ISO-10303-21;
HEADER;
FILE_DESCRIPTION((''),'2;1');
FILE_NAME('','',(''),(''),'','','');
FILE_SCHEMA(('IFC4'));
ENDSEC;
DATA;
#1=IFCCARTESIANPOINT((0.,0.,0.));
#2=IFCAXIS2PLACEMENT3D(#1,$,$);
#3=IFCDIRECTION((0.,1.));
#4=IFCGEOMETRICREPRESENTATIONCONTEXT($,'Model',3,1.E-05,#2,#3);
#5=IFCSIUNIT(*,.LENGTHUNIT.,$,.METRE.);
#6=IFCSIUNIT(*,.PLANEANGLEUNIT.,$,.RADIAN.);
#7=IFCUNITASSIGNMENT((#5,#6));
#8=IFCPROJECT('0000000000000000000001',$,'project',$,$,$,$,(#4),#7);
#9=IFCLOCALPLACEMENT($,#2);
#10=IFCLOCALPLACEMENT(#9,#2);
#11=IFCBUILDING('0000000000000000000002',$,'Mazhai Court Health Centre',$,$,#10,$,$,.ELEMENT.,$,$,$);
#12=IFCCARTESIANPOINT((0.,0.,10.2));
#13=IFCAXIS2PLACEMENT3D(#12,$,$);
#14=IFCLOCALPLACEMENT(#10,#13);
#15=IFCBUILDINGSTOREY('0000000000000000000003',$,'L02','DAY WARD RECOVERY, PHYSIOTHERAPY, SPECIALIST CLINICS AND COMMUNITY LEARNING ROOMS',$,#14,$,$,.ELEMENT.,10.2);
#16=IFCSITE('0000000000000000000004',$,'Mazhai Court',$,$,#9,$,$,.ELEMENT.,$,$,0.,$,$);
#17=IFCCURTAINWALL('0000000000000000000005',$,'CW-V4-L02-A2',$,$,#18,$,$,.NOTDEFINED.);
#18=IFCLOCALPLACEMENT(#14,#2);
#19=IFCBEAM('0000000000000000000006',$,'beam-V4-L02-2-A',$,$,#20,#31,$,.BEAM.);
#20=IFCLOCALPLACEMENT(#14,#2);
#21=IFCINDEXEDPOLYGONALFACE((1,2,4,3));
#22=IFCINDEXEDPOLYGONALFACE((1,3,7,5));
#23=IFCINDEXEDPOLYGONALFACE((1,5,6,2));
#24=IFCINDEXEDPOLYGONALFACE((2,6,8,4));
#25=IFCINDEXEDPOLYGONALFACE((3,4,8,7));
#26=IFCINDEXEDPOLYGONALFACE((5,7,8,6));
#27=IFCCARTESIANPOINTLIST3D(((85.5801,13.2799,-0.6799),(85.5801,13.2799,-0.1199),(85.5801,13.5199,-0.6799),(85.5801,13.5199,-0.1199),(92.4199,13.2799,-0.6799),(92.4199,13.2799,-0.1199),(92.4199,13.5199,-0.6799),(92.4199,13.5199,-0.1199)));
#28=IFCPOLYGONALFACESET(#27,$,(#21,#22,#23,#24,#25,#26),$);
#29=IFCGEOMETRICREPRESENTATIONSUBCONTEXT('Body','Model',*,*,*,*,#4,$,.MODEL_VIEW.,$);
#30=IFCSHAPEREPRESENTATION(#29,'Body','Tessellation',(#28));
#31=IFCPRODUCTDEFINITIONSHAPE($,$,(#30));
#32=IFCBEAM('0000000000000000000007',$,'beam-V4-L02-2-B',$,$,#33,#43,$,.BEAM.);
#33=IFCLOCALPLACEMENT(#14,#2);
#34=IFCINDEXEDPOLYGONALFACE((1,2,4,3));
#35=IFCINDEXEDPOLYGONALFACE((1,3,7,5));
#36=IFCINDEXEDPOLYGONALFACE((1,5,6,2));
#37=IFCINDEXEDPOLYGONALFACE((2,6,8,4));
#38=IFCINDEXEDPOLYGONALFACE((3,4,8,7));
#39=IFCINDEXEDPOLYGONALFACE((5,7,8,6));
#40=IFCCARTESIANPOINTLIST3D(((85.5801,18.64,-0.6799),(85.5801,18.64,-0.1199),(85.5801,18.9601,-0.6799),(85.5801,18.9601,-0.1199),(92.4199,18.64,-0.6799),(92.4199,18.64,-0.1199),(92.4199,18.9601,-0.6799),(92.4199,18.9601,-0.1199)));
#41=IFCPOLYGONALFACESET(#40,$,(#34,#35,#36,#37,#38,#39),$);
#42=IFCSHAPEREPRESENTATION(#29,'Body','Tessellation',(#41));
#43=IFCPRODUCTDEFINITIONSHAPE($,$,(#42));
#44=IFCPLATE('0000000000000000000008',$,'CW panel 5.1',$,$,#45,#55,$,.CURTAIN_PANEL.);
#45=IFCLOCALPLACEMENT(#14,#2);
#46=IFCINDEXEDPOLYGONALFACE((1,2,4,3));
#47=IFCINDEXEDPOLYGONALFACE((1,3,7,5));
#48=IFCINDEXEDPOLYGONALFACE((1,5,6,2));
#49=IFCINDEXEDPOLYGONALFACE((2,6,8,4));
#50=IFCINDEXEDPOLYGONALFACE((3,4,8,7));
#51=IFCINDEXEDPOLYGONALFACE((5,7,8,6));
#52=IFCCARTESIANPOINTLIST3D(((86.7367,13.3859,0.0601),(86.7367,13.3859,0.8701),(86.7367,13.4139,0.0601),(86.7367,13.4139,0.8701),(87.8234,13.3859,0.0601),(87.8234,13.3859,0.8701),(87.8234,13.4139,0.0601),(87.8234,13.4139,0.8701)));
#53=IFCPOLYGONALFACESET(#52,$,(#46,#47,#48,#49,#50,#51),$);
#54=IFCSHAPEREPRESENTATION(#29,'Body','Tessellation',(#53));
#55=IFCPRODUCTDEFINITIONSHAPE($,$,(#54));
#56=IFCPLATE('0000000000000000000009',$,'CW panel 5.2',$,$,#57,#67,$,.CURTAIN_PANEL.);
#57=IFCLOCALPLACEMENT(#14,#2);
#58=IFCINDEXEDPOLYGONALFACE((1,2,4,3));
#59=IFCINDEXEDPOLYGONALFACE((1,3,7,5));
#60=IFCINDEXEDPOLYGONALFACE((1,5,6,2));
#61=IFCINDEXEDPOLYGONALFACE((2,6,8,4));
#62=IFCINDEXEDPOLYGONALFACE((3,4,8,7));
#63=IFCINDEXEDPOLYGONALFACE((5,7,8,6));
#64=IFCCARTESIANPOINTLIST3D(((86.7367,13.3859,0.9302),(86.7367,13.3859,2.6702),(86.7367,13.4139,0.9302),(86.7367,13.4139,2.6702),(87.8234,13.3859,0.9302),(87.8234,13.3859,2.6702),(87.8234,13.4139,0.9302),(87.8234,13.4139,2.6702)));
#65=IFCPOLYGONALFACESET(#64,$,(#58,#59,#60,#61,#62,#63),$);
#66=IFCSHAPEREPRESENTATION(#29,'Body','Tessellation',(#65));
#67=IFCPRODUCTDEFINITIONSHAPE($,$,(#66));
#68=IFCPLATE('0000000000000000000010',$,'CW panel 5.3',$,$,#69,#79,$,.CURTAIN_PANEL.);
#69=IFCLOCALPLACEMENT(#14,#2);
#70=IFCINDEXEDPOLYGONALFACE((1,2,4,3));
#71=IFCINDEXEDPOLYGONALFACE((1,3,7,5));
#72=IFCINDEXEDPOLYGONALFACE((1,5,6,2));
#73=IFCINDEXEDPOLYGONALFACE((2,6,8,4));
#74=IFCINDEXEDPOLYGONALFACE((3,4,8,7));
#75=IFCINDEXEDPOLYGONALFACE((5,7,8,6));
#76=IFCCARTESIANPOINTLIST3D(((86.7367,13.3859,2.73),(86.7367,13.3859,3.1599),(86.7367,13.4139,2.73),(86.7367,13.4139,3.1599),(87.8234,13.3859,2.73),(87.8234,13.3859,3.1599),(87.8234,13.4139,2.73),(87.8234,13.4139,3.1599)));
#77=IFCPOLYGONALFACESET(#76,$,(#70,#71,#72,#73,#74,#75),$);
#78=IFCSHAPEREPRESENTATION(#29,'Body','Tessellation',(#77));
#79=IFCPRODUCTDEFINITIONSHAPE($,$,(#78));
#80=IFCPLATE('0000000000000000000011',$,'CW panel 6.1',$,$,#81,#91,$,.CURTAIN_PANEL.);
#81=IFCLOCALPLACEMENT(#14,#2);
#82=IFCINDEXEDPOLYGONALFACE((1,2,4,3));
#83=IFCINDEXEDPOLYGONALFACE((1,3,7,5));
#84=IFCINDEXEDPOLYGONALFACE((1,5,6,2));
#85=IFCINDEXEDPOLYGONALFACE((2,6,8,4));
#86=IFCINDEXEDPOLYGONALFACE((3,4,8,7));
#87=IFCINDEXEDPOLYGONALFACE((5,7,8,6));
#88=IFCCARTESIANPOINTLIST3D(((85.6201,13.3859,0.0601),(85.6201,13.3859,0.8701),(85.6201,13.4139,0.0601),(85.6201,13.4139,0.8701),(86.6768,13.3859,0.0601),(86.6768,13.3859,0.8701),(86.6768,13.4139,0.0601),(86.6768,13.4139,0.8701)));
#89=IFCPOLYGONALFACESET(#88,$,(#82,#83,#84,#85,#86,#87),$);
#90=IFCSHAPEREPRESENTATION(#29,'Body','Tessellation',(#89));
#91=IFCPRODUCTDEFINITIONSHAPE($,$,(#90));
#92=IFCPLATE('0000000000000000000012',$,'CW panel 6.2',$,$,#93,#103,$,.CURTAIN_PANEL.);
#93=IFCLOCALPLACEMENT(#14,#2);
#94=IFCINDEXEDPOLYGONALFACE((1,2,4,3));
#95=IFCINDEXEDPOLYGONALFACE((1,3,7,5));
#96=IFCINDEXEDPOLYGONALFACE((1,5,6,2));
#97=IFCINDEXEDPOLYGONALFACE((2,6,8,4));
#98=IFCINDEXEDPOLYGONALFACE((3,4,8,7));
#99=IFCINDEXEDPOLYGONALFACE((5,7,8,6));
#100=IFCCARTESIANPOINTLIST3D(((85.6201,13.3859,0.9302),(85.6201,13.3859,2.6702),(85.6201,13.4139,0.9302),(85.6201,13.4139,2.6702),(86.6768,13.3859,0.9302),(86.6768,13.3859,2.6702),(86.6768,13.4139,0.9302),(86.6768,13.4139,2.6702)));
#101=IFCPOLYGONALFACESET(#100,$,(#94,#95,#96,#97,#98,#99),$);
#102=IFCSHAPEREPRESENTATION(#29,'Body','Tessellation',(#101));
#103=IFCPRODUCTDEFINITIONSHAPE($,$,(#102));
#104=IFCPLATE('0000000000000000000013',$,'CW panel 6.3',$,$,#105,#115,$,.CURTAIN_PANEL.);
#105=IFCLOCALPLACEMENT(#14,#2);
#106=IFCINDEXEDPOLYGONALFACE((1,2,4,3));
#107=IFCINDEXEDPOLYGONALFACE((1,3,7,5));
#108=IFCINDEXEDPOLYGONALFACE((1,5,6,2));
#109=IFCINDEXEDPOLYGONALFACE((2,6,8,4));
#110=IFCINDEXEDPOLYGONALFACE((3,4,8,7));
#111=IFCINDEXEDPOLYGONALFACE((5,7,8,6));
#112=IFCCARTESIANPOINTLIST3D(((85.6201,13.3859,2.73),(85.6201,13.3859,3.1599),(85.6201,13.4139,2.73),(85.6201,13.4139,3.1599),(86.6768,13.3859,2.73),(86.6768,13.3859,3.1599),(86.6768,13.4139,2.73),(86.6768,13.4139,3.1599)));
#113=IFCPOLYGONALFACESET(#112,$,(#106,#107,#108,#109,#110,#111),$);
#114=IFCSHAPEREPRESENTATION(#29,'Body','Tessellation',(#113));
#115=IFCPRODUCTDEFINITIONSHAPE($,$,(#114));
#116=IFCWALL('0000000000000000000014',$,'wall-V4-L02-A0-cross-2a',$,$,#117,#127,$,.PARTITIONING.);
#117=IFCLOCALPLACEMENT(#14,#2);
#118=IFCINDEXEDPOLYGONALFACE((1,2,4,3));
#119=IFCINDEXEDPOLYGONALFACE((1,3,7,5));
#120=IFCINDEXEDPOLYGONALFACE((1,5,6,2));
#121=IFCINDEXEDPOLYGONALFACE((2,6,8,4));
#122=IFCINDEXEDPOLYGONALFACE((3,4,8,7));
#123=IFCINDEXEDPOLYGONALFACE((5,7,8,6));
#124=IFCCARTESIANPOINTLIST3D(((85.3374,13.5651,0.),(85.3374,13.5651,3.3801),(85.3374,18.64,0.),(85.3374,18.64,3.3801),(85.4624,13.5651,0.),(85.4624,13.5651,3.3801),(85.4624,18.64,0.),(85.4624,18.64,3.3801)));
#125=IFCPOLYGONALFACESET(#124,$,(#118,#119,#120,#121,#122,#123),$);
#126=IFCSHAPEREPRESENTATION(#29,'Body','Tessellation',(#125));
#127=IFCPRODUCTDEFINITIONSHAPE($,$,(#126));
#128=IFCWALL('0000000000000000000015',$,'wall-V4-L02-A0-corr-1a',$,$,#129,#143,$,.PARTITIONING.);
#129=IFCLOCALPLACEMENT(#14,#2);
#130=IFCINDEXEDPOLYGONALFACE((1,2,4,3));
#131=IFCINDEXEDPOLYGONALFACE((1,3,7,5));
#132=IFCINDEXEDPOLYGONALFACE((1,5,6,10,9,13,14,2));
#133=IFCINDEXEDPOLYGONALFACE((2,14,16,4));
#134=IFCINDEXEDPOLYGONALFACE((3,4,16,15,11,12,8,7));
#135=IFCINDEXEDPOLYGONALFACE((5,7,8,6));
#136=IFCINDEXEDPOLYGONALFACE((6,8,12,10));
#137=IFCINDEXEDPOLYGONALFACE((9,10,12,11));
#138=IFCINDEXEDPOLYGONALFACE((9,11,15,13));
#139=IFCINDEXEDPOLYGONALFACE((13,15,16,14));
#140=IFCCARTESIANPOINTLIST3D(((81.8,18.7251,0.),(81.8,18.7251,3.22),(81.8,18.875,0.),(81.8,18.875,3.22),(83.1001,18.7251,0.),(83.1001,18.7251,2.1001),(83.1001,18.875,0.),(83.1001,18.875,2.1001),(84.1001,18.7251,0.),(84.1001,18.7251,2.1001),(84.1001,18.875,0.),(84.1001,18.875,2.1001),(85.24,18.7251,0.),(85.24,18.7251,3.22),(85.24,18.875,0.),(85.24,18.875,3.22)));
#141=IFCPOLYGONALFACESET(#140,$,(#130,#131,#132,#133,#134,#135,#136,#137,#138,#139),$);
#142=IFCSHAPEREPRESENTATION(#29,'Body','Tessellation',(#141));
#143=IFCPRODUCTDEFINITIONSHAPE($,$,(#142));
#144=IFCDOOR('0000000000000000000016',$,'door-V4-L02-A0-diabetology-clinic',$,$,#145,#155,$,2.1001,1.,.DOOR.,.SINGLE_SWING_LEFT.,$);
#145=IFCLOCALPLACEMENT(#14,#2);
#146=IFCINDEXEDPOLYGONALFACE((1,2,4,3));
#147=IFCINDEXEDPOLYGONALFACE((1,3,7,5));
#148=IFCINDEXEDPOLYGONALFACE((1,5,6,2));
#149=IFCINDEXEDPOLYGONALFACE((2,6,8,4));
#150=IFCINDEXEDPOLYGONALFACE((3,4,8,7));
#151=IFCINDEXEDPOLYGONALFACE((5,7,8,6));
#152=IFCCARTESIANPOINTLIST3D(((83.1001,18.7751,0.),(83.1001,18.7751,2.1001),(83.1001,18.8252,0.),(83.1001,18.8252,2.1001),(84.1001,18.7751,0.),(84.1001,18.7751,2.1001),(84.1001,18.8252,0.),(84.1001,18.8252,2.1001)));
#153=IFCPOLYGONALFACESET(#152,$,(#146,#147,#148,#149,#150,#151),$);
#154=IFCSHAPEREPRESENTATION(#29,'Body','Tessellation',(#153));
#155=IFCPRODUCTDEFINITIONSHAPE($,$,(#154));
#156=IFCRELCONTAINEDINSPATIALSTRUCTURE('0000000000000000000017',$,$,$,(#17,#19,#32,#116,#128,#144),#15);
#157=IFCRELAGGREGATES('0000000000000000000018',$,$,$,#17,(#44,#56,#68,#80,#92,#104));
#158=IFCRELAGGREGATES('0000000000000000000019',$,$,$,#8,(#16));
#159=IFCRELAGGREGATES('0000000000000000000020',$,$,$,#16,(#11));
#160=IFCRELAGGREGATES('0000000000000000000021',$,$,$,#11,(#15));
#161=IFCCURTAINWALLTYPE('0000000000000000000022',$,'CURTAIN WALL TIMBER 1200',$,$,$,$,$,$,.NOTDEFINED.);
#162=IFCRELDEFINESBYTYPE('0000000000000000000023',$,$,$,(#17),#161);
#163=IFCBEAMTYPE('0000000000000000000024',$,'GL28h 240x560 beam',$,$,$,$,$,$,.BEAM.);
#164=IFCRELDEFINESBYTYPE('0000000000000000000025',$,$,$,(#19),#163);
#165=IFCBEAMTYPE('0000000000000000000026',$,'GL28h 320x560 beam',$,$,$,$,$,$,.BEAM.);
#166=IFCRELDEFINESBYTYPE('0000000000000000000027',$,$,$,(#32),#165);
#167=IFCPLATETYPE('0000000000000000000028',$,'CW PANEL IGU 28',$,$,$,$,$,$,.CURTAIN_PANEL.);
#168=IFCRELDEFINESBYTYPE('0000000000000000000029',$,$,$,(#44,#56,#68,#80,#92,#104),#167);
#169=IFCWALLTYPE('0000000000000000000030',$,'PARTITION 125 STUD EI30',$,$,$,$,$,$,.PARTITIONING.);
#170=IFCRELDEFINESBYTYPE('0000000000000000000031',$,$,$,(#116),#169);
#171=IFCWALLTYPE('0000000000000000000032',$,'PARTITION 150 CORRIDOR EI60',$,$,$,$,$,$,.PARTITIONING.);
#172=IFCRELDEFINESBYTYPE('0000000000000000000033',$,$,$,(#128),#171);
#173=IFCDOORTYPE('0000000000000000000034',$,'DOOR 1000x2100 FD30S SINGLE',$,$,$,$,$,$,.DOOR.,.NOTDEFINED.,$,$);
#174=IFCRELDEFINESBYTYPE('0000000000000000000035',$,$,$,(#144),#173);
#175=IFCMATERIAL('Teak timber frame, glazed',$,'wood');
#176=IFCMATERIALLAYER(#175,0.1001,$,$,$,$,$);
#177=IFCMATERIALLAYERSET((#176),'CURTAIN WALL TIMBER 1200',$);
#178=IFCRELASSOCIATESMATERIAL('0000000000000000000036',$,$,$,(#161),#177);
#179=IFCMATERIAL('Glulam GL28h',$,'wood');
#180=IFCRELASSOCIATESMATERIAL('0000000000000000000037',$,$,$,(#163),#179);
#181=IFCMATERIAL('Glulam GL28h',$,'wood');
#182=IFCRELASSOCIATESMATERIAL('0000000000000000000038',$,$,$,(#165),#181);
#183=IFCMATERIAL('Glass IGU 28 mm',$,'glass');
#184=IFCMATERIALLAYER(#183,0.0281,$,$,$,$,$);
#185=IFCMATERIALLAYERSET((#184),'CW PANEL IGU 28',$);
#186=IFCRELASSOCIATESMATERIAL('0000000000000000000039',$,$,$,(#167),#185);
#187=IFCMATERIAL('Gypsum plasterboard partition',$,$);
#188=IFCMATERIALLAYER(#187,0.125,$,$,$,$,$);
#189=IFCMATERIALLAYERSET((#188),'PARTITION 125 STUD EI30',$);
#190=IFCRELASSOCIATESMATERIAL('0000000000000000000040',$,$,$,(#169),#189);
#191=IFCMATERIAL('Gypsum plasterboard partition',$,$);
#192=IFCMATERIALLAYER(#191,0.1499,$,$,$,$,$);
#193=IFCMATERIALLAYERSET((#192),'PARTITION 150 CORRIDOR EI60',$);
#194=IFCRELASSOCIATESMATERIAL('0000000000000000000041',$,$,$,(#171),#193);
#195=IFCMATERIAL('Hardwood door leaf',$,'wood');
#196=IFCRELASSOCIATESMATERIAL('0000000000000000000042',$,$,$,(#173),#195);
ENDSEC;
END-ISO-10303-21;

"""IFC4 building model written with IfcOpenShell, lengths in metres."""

from ifc_helpers import new_model, si_unit, direction, frame, frame_2d, origin, origin_2d, place, context, subcontext, project, spatial, rectangle, extrude, material, layer, layer_set, material_profile, profile_set, type_object, element, fill, aggregate, save


model = new_model("IFC4")

# Units and contexts
model_context = context("Model", 3, precision=1e-05, world=origin(), true_north=direction((0.0, 1.0)))
body_context = subcontext(model_context, "Body", "Model", "MODEL_VIEW")
ifc_project = project(units=[si_unit("LENGTHUNIT", "METRE"), si_unit("PLANEANGLEUNIT", "RADIAN")], contexts=[model_context])

# Site, building, storey
site_placement = place(None, origin())
site = spatial("IfcSite", under=ifc_project, at=site_placement, Name="Mazhai Court", CompositionType="ELEMENT", RefElevation=0.0)
building_placement = place(site_placement, origin())
building = spatial("IfcBuilding", under=site, at=building_placement, Name="Mazhai Court Health Centre", CompositionType="ELEMENT")
storey_placement = place(building_placement, frame((0.0, 0.0, 10.2)))
storey = spatial("IfcBuildingStorey", under=building, at=storey_placement, Name="L02", Description="DAY WARD RECOVERY, PHYSIOTHERAPY, SPECIALIST CLINICS AND COMMUNITY LEARNING ROOMS", CompositionType="ELEMENT", Elevation=10.2)

# Shared definitions
ifc_material_1 = material(Name="Teak timber frame, glazed", Category="wood")
ifc_layer_1 = layer(ifc_material_1, 0.1001)
ifc_layer_set_1 = layer_set([ifc_layer_1], Name="CURTAIN WALL TIMBER 1200")
curtain_wall_type = type_object("IfcCurtainWallType", Name="CURTAIN WALL TIMBER 1200", PredefinedType="NOTDEFINED", material=ifc_layer_set_1)

# Curtain wall
curtain_wall_1_placement = place(storey_placement, origin())
curtain_wall_1 = element("IfcCurtainWall", 1, at=curtain_wall_1_placement, inside=storey, type_object=curtain_wall_type, Name="CW-V4-L02-A2", PredefinedType="NOTDEFINED")

# Beams
ifc_material_2 = material(Name="Glulam GL28h", Category="wood")
ifc_material_profile_1 = material_profile(ifc_material_2, rectangle(XDim=0.24, YDim=0.5601, at=origin_2d()), Name="GL28h 240x560")
ifc_profile_set_1 = profile_set([ifc_material_profile_1], Name="Glulam GL28h")
beam_type_1 = type_object("IfcBeamType", Name="GL28h 240x560 beam", PredefinedType="BEAM", material=ifc_profile_set_1)
beam_1_placement = place(storey_placement, frame((85.5801, 13.3999, -0.3999), z_axis=(1.0, 0.0, 0.0), x_axis=(0.0, 1.0, 0.0)))
element("IfcBeam", 2, at=beam_1_placement, inside=storey, type_object=beam_type_1, Name="beam-V4-L02-2-A", PredefinedType="BEAM", context=body_context, shape_type="SweptSolid", body=[
    extrude(rectangle(XDim=0.24, YDim=0.5601, at=origin_2d()), origin(), (0.0, 0.0, 1.0), 6.8398),
])
ifc_material_3 = material(Name="Glulam GL28h", Category="wood")
ifc_material_profile_2 = material_profile(ifc_material_3, rectangle(XDim=0.3201, YDim=0.5601, at=origin_2d()), Name="GL28h 320x560")
ifc_profile_set_2 = profile_set([ifc_material_profile_2], Name="Glulam GL28h")
beam_type_2 = type_object("IfcBeamType", Name="GL28h 320x560 beam", PredefinedType="BEAM", material=ifc_profile_set_2)
beam_2_placement = place(storey_placement, frame((85.5801, 18.8, -0.3999), z_axis=(1.0, 0.0, 0.0), x_axis=(0.0, 1.0, 0.0)))
element("IfcBeam", 3, at=beam_2_placement, inside=storey, type_object=beam_type_2, Name="beam-V4-L02-2-B", PredefinedType="BEAM", context=body_context, shape_type="SweptSolid", body=[
    extrude(rectangle(XDim=0.3201, YDim=0.5601, at=origin_2d()), origin(), (0.0, 0.0, 1.0), 6.8398),
])

# Plates
ifc_material_4 = material(Name="Glass IGU 28 mm", Category="glass")
ifc_layer_2 = layer(ifc_material_4, 0.0281)
ifc_layer_set_2 = layer_set([ifc_layer_2], Name="CW PANEL IGU 28")
plate_type = type_object("IfcPlateType", Name="CW PANEL IGU 28", PredefinedType="CURTAIN_PANEL", material=ifc_layer_set_2)
plate_1_placement = place(storey_placement, frame((87.28, 13.3999, 0.0601), z_axis=(0.0, 0.0, 1.0), x_axis=(-1.0, 0.0, 0.0)))
plate_1 = element("IfcPlate", 4, at=plate_1_placement, type_object=plate_type, Name="CW panel 5.1", PredefinedType="CURTAIN_PANEL", context=body_context, shape_type="SweptSolid", body=[
    extrude(rectangle(XDim=1.0867, YDim=0.0281, at=origin_2d()), origin(), (0.0, 0.0, 1.0), 0.8101),
])
plate_2_placement = place(storey_placement, frame((87.28, 13.3999, 0.9302), z_axis=(0.0, 0.0, 1.0), x_axis=(-1.0, 0.0, 0.0)))
plate_2 = element("IfcPlate", 5, at=plate_2_placement, type_object=plate_type, Name="CW panel 5.2", PredefinedType="CURTAIN_PANEL", context=body_context, shape_type="SweptSolid", body=[
    extrude(rectangle(XDim=1.0867, YDim=0.0281, at=origin_2d()), origin(), (0.0, 0.0, 1.0), 1.74),
])
plate_3_placement = place(storey_placement, frame((87.28, 13.3999, 2.73), z_axis=(0.0, 0.0, 1.0), x_axis=(-1.0, 0.0, 0.0)))
plate_3 = element("IfcPlate", 6, at=plate_3_placement, type_object=plate_type, Name="CW panel 5.3", PredefinedType="CURTAIN_PANEL", context=body_context, shape_type="SweptSolid", body=[
    extrude(rectangle(XDim=1.0867, YDim=0.0281, at=origin_2d()), origin(), (0.0, 0.0, 1.0), 0.4299),
])
plate_4_placement = place(storey_placement, frame((86.1484, 13.3999, 0.0601), z_axis=(0.0, 0.0, 1.0), x_axis=(-1.0, 0.0, 0.0)))
plate_4 = element("IfcPlate", 7, at=plate_4_placement, type_object=plate_type, Name="CW panel 6.1", PredefinedType="CURTAIN_PANEL", context=body_context, shape_type="SweptSolid", body=[
    extrude(rectangle(XDim=1.0566, YDim=0.0281, at=origin_2d()), origin(), (0.0, 0.0, 1.0), 0.8101),
])
plate_5_placement = place(storey_placement, frame((86.1484, 13.3999, 0.9302), z_axis=(0.0, 0.0, 1.0), x_axis=(-1.0, 0.0, 0.0)))
plate_5 = element("IfcPlate", 8, at=plate_5_placement, type_object=plate_type, Name="CW panel 6.2", PredefinedType="CURTAIN_PANEL", context=body_context, shape_type="SweptSolid", body=[
    extrude(rectangle(XDim=1.0566, YDim=0.0281, at=origin_2d()), origin(), (0.0, 0.0, 1.0), 1.74),
])
plate_6_placement = place(storey_placement, frame((86.1484, 13.3999, 2.73), z_axis=(0.0, 0.0, 1.0), x_axis=(-1.0, 0.0, 0.0)))
plate_6 = element("IfcPlate", 9, at=plate_6_placement, type_object=plate_type, Name="CW panel 6.3", PredefinedType="CURTAIN_PANEL", context=body_context, shape_type="SweptSolid", body=[
    extrude(rectangle(XDim=1.0566, YDim=0.0281, at=origin_2d()), origin(), (0.0, 0.0, 1.0), 0.4299),
])
aggregate(curtain_wall_1, [plate_1, plate_2, plate_3, plate_4, plate_5, plate_6])

# Wall
ifc_material_5 = material(Name="Gypsum plasterboard partition")
ifc_layer_3 = layer(ifc_material_5, 0.125)
ifc_layer_set_3 = layer_set([ifc_layer_3], Name="PARTITION 125 STUD EI30")
wall_type_1 = type_object("IfcWallType", Name="PARTITION 125 STUD EI30", PredefinedType="PARTITIONING", material=ifc_layer_set_3)
wall_1_placement = place(storey_placement, frame((85.3999, 13.5649, 0.0), z_axis=(0.0, 0.0, 1.0), x_axis=(0.0, 1.0, 0.0)))
element("IfcWall", 10, at=wall_1_placement, inside=storey, type_object=wall_type_1, Name="wall-V4-L02-A0-cross-2a", PredefinedType="PARTITIONING", context=body_context, shape_type="SweptSolid", body=[
    extrude(rectangle(XDim=5.075, YDim=0.125, at=frame_2d((2.5376, 0.0))), origin(), (0.0, 0.0, 1.0), 3.3801),
])

# Wall, opening, door
ifc_material_6 = material(Name="Gypsum plasterboard partition")
ifc_layer_4 = layer(ifc_material_6, 0.1499)
ifc_layer_set_4 = layer_set([ifc_layer_4], Name="PARTITION 150 CORRIDOR EI60")
wall_type_2 = type_object("IfcWallType", Name="PARTITION 150 CORRIDOR EI60", PredefinedType="PARTITIONING", material=ifc_layer_set_4)
wall_2_placement = place(storey_placement, frame((85.24, 18.8, 0.0), z_axis=(0.0, 0.0, 1.0), x_axis=(-1.0, 0.0, 0.0)))
wall_2 = element("IfcWall", 11, at=wall_2_placement, inside=storey, type_object=wall_type_2, Name="wall-V4-L02-A0-corr-1a", PredefinedType="PARTITIONING", context=body_context, shape_type="SweptSolid", body=[
    extrude(rectangle(XDim=3.4399, YDim=0.1499, at=frame_2d((1.72, 0.0))), origin(), (0.0, 0.0, 1.0), 3.22),
])
opening_placement = place(wall_2_placement, frame((1.1399, 0.0, 0.0)))
opening = element("IfcOpeningElement", 12, at=opening_placement, cuts=wall_2, PredefinedType="OPENING", context=body_context, shape_type="SweptSolid", body=[
    extrude(rectangle(XDim=1.0, YDim=2.1001, at=frame_2d((0.5, 1.05))), frame((0.0, 0.085, 0.0), z_axis=(0.0, -1.0, 0.0), x_axis=(1.0, 0.0, 0.0)), (0.0, 0.0, 1.0), 0.1699),
])
ifc_material_7 = material(Name="Hardwood door leaf", Category="wood")
door_type = type_object("IfcDoorType", Name="DOOR 1000x2100 FD30S SINGLE", OperationType="NOTDEFINED", PredefinedType="DOOR", material=ifc_material_7)
door_placement = place(opening_placement, origin())
door = element("IfcDoor", 13, at=door_placement, inside=storey, type_object=door_type, Name="door-V4-L02-A0-diabetology-clinic", OperationType="SINGLE_SWING_LEFT", OverallHeight=2.1001, OverallWidth=1.0, PredefinedType="DOOR", context=body_context, shape_type="SweptSolid", body=[
    extrude(rectangle(XDim=1.0, YDim=2.1001, at=frame_2d((0.5, 1.05))), frame((0.0, 0.0249, 0.0), z_axis=(0.0, -1.0, 0.0), x_axis=(1.0, 0.0, 0.0)), (0.0, 0.0, 1.0), 0.05),
])
fill(opening, door)

save(model, "model.ifc")
